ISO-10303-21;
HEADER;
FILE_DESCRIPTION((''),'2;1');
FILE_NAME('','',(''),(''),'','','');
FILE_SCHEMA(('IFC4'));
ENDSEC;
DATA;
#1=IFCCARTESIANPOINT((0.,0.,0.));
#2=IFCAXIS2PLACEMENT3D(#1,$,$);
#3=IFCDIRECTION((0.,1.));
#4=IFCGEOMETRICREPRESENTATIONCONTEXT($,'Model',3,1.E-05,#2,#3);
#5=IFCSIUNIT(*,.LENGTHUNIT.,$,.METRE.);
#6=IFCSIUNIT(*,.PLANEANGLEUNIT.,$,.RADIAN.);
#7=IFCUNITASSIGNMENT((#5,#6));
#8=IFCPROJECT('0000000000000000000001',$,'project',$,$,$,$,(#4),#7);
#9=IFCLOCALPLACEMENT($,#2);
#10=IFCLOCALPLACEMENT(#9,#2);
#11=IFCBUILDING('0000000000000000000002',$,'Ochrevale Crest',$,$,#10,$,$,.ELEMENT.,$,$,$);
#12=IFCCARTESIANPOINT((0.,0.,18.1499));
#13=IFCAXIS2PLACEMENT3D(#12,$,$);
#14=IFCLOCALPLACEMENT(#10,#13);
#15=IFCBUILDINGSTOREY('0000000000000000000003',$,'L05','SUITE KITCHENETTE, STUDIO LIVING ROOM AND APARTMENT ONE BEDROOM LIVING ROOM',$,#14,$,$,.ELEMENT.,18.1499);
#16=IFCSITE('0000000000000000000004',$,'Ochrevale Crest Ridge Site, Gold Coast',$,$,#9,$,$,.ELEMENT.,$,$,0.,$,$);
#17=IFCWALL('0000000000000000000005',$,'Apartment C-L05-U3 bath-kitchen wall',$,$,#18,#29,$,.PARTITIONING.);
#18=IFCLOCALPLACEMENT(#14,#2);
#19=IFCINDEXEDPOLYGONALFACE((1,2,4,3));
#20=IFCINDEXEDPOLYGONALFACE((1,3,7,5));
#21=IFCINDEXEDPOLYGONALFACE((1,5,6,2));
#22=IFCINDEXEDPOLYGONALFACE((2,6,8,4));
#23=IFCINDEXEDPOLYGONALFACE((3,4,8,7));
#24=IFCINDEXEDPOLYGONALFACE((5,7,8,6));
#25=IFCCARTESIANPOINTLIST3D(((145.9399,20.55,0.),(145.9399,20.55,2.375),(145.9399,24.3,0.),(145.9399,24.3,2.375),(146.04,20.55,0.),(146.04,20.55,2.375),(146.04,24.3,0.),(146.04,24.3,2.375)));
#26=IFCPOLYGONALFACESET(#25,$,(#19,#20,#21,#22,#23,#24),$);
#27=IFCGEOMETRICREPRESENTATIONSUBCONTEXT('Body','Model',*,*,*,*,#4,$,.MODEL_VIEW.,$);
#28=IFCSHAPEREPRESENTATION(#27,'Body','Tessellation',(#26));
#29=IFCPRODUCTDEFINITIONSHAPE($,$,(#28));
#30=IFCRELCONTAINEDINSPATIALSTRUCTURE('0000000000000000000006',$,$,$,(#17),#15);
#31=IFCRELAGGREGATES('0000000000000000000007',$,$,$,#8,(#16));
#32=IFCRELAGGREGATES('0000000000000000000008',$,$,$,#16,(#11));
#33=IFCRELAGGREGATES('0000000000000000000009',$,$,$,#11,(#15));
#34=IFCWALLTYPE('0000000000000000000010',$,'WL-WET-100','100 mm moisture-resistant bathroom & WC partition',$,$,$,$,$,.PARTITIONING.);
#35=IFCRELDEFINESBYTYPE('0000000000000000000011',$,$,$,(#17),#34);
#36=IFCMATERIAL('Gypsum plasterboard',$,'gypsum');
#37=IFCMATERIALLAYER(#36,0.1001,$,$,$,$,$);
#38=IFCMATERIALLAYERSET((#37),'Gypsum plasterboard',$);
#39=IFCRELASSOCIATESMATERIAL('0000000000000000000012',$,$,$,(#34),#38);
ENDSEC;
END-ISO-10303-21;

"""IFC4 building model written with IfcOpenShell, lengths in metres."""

from ifc_helpers import new_model, si_unit, direction, frame, frame_2d, origin, place, context, subcontext, project, spatial, rectangle, extrude, material, layer, layer_set, type_object, element, save


model = new_model("IFC4")

# Units and contexts
model_context = context("Model", 3, precision=1e-05, world=origin(), true_north=direction((0.0, 1.0)))
body_context = subcontext(model_context, "Body", "Model", "MODEL_VIEW")
ifc_project = project(units=[si_unit("LENGTHUNIT", "METRE"), si_unit("PLANEANGLEUNIT", "RADIAN")], contexts=[model_context])

# Site, building, storey
site_placement = place(None, origin())
site = spatial("IfcSite", under=ifc_project, at=site_placement, Name="Ochrevale Crest Ridge Site, Gold Coast", CompositionType="ELEMENT", RefElevation=0.0)
building_placement = place(site_placement, origin())
building = spatial("IfcBuilding", under=site, at=building_placement, Name="Ochrevale Crest", CompositionType="ELEMENT")
storey_placement = place(building_placement, frame((0.0, 0.0, 18.1499)))
storey = spatial("IfcBuildingStorey", under=building, at=storey_placement, Name="L05", Description="SUITE KITCHENETTE, STUDIO LIVING ROOM AND APARTMENT ONE BEDROOM LIVING ROOM", CompositionType="ELEMENT", Elevation=18.1499)

# Shared definitions
ifc_material_1 = material(Name="Gypsum plasterboard", Category="gypsum")

# Wall
ifc_layer_1 = layer(ifc_material_1, 0.1001)
ifc_layer_set_1 = layer_set([ifc_layer_1], Name="Gypsum plasterboard")
wall_type_1 = type_object("IfcWallType", Name="WL-WET-100", Description="100 mm moisture-resistant bathroom & WC partition", PredefinedType="PARTITIONING", material=ifc_layer_set_1)
wall_1_placement = place(storey_placement, frame((145.99, 20.55, 0.0), z_axis=(0.0, 0.0, 1.0), x_axis=(0.0, 1.0, 0.0)))
element("IfcWall", 1, at=wall_1_placement, inside=storey, type_object=wall_type_1, Name="Apartment C-L05-U3 bath-kitchen wall", PredefinedType="PARTITIONING", context=body_context, shape_type="SweptSolid", body=[
    extrude(rectangle(XDim=3.75, YDim=0.1001, at=frame_2d((1.875, 0.0))), origin(), (0.0, 0.0, 1.0), 2.375),
])

save(model, "model.ifc")
